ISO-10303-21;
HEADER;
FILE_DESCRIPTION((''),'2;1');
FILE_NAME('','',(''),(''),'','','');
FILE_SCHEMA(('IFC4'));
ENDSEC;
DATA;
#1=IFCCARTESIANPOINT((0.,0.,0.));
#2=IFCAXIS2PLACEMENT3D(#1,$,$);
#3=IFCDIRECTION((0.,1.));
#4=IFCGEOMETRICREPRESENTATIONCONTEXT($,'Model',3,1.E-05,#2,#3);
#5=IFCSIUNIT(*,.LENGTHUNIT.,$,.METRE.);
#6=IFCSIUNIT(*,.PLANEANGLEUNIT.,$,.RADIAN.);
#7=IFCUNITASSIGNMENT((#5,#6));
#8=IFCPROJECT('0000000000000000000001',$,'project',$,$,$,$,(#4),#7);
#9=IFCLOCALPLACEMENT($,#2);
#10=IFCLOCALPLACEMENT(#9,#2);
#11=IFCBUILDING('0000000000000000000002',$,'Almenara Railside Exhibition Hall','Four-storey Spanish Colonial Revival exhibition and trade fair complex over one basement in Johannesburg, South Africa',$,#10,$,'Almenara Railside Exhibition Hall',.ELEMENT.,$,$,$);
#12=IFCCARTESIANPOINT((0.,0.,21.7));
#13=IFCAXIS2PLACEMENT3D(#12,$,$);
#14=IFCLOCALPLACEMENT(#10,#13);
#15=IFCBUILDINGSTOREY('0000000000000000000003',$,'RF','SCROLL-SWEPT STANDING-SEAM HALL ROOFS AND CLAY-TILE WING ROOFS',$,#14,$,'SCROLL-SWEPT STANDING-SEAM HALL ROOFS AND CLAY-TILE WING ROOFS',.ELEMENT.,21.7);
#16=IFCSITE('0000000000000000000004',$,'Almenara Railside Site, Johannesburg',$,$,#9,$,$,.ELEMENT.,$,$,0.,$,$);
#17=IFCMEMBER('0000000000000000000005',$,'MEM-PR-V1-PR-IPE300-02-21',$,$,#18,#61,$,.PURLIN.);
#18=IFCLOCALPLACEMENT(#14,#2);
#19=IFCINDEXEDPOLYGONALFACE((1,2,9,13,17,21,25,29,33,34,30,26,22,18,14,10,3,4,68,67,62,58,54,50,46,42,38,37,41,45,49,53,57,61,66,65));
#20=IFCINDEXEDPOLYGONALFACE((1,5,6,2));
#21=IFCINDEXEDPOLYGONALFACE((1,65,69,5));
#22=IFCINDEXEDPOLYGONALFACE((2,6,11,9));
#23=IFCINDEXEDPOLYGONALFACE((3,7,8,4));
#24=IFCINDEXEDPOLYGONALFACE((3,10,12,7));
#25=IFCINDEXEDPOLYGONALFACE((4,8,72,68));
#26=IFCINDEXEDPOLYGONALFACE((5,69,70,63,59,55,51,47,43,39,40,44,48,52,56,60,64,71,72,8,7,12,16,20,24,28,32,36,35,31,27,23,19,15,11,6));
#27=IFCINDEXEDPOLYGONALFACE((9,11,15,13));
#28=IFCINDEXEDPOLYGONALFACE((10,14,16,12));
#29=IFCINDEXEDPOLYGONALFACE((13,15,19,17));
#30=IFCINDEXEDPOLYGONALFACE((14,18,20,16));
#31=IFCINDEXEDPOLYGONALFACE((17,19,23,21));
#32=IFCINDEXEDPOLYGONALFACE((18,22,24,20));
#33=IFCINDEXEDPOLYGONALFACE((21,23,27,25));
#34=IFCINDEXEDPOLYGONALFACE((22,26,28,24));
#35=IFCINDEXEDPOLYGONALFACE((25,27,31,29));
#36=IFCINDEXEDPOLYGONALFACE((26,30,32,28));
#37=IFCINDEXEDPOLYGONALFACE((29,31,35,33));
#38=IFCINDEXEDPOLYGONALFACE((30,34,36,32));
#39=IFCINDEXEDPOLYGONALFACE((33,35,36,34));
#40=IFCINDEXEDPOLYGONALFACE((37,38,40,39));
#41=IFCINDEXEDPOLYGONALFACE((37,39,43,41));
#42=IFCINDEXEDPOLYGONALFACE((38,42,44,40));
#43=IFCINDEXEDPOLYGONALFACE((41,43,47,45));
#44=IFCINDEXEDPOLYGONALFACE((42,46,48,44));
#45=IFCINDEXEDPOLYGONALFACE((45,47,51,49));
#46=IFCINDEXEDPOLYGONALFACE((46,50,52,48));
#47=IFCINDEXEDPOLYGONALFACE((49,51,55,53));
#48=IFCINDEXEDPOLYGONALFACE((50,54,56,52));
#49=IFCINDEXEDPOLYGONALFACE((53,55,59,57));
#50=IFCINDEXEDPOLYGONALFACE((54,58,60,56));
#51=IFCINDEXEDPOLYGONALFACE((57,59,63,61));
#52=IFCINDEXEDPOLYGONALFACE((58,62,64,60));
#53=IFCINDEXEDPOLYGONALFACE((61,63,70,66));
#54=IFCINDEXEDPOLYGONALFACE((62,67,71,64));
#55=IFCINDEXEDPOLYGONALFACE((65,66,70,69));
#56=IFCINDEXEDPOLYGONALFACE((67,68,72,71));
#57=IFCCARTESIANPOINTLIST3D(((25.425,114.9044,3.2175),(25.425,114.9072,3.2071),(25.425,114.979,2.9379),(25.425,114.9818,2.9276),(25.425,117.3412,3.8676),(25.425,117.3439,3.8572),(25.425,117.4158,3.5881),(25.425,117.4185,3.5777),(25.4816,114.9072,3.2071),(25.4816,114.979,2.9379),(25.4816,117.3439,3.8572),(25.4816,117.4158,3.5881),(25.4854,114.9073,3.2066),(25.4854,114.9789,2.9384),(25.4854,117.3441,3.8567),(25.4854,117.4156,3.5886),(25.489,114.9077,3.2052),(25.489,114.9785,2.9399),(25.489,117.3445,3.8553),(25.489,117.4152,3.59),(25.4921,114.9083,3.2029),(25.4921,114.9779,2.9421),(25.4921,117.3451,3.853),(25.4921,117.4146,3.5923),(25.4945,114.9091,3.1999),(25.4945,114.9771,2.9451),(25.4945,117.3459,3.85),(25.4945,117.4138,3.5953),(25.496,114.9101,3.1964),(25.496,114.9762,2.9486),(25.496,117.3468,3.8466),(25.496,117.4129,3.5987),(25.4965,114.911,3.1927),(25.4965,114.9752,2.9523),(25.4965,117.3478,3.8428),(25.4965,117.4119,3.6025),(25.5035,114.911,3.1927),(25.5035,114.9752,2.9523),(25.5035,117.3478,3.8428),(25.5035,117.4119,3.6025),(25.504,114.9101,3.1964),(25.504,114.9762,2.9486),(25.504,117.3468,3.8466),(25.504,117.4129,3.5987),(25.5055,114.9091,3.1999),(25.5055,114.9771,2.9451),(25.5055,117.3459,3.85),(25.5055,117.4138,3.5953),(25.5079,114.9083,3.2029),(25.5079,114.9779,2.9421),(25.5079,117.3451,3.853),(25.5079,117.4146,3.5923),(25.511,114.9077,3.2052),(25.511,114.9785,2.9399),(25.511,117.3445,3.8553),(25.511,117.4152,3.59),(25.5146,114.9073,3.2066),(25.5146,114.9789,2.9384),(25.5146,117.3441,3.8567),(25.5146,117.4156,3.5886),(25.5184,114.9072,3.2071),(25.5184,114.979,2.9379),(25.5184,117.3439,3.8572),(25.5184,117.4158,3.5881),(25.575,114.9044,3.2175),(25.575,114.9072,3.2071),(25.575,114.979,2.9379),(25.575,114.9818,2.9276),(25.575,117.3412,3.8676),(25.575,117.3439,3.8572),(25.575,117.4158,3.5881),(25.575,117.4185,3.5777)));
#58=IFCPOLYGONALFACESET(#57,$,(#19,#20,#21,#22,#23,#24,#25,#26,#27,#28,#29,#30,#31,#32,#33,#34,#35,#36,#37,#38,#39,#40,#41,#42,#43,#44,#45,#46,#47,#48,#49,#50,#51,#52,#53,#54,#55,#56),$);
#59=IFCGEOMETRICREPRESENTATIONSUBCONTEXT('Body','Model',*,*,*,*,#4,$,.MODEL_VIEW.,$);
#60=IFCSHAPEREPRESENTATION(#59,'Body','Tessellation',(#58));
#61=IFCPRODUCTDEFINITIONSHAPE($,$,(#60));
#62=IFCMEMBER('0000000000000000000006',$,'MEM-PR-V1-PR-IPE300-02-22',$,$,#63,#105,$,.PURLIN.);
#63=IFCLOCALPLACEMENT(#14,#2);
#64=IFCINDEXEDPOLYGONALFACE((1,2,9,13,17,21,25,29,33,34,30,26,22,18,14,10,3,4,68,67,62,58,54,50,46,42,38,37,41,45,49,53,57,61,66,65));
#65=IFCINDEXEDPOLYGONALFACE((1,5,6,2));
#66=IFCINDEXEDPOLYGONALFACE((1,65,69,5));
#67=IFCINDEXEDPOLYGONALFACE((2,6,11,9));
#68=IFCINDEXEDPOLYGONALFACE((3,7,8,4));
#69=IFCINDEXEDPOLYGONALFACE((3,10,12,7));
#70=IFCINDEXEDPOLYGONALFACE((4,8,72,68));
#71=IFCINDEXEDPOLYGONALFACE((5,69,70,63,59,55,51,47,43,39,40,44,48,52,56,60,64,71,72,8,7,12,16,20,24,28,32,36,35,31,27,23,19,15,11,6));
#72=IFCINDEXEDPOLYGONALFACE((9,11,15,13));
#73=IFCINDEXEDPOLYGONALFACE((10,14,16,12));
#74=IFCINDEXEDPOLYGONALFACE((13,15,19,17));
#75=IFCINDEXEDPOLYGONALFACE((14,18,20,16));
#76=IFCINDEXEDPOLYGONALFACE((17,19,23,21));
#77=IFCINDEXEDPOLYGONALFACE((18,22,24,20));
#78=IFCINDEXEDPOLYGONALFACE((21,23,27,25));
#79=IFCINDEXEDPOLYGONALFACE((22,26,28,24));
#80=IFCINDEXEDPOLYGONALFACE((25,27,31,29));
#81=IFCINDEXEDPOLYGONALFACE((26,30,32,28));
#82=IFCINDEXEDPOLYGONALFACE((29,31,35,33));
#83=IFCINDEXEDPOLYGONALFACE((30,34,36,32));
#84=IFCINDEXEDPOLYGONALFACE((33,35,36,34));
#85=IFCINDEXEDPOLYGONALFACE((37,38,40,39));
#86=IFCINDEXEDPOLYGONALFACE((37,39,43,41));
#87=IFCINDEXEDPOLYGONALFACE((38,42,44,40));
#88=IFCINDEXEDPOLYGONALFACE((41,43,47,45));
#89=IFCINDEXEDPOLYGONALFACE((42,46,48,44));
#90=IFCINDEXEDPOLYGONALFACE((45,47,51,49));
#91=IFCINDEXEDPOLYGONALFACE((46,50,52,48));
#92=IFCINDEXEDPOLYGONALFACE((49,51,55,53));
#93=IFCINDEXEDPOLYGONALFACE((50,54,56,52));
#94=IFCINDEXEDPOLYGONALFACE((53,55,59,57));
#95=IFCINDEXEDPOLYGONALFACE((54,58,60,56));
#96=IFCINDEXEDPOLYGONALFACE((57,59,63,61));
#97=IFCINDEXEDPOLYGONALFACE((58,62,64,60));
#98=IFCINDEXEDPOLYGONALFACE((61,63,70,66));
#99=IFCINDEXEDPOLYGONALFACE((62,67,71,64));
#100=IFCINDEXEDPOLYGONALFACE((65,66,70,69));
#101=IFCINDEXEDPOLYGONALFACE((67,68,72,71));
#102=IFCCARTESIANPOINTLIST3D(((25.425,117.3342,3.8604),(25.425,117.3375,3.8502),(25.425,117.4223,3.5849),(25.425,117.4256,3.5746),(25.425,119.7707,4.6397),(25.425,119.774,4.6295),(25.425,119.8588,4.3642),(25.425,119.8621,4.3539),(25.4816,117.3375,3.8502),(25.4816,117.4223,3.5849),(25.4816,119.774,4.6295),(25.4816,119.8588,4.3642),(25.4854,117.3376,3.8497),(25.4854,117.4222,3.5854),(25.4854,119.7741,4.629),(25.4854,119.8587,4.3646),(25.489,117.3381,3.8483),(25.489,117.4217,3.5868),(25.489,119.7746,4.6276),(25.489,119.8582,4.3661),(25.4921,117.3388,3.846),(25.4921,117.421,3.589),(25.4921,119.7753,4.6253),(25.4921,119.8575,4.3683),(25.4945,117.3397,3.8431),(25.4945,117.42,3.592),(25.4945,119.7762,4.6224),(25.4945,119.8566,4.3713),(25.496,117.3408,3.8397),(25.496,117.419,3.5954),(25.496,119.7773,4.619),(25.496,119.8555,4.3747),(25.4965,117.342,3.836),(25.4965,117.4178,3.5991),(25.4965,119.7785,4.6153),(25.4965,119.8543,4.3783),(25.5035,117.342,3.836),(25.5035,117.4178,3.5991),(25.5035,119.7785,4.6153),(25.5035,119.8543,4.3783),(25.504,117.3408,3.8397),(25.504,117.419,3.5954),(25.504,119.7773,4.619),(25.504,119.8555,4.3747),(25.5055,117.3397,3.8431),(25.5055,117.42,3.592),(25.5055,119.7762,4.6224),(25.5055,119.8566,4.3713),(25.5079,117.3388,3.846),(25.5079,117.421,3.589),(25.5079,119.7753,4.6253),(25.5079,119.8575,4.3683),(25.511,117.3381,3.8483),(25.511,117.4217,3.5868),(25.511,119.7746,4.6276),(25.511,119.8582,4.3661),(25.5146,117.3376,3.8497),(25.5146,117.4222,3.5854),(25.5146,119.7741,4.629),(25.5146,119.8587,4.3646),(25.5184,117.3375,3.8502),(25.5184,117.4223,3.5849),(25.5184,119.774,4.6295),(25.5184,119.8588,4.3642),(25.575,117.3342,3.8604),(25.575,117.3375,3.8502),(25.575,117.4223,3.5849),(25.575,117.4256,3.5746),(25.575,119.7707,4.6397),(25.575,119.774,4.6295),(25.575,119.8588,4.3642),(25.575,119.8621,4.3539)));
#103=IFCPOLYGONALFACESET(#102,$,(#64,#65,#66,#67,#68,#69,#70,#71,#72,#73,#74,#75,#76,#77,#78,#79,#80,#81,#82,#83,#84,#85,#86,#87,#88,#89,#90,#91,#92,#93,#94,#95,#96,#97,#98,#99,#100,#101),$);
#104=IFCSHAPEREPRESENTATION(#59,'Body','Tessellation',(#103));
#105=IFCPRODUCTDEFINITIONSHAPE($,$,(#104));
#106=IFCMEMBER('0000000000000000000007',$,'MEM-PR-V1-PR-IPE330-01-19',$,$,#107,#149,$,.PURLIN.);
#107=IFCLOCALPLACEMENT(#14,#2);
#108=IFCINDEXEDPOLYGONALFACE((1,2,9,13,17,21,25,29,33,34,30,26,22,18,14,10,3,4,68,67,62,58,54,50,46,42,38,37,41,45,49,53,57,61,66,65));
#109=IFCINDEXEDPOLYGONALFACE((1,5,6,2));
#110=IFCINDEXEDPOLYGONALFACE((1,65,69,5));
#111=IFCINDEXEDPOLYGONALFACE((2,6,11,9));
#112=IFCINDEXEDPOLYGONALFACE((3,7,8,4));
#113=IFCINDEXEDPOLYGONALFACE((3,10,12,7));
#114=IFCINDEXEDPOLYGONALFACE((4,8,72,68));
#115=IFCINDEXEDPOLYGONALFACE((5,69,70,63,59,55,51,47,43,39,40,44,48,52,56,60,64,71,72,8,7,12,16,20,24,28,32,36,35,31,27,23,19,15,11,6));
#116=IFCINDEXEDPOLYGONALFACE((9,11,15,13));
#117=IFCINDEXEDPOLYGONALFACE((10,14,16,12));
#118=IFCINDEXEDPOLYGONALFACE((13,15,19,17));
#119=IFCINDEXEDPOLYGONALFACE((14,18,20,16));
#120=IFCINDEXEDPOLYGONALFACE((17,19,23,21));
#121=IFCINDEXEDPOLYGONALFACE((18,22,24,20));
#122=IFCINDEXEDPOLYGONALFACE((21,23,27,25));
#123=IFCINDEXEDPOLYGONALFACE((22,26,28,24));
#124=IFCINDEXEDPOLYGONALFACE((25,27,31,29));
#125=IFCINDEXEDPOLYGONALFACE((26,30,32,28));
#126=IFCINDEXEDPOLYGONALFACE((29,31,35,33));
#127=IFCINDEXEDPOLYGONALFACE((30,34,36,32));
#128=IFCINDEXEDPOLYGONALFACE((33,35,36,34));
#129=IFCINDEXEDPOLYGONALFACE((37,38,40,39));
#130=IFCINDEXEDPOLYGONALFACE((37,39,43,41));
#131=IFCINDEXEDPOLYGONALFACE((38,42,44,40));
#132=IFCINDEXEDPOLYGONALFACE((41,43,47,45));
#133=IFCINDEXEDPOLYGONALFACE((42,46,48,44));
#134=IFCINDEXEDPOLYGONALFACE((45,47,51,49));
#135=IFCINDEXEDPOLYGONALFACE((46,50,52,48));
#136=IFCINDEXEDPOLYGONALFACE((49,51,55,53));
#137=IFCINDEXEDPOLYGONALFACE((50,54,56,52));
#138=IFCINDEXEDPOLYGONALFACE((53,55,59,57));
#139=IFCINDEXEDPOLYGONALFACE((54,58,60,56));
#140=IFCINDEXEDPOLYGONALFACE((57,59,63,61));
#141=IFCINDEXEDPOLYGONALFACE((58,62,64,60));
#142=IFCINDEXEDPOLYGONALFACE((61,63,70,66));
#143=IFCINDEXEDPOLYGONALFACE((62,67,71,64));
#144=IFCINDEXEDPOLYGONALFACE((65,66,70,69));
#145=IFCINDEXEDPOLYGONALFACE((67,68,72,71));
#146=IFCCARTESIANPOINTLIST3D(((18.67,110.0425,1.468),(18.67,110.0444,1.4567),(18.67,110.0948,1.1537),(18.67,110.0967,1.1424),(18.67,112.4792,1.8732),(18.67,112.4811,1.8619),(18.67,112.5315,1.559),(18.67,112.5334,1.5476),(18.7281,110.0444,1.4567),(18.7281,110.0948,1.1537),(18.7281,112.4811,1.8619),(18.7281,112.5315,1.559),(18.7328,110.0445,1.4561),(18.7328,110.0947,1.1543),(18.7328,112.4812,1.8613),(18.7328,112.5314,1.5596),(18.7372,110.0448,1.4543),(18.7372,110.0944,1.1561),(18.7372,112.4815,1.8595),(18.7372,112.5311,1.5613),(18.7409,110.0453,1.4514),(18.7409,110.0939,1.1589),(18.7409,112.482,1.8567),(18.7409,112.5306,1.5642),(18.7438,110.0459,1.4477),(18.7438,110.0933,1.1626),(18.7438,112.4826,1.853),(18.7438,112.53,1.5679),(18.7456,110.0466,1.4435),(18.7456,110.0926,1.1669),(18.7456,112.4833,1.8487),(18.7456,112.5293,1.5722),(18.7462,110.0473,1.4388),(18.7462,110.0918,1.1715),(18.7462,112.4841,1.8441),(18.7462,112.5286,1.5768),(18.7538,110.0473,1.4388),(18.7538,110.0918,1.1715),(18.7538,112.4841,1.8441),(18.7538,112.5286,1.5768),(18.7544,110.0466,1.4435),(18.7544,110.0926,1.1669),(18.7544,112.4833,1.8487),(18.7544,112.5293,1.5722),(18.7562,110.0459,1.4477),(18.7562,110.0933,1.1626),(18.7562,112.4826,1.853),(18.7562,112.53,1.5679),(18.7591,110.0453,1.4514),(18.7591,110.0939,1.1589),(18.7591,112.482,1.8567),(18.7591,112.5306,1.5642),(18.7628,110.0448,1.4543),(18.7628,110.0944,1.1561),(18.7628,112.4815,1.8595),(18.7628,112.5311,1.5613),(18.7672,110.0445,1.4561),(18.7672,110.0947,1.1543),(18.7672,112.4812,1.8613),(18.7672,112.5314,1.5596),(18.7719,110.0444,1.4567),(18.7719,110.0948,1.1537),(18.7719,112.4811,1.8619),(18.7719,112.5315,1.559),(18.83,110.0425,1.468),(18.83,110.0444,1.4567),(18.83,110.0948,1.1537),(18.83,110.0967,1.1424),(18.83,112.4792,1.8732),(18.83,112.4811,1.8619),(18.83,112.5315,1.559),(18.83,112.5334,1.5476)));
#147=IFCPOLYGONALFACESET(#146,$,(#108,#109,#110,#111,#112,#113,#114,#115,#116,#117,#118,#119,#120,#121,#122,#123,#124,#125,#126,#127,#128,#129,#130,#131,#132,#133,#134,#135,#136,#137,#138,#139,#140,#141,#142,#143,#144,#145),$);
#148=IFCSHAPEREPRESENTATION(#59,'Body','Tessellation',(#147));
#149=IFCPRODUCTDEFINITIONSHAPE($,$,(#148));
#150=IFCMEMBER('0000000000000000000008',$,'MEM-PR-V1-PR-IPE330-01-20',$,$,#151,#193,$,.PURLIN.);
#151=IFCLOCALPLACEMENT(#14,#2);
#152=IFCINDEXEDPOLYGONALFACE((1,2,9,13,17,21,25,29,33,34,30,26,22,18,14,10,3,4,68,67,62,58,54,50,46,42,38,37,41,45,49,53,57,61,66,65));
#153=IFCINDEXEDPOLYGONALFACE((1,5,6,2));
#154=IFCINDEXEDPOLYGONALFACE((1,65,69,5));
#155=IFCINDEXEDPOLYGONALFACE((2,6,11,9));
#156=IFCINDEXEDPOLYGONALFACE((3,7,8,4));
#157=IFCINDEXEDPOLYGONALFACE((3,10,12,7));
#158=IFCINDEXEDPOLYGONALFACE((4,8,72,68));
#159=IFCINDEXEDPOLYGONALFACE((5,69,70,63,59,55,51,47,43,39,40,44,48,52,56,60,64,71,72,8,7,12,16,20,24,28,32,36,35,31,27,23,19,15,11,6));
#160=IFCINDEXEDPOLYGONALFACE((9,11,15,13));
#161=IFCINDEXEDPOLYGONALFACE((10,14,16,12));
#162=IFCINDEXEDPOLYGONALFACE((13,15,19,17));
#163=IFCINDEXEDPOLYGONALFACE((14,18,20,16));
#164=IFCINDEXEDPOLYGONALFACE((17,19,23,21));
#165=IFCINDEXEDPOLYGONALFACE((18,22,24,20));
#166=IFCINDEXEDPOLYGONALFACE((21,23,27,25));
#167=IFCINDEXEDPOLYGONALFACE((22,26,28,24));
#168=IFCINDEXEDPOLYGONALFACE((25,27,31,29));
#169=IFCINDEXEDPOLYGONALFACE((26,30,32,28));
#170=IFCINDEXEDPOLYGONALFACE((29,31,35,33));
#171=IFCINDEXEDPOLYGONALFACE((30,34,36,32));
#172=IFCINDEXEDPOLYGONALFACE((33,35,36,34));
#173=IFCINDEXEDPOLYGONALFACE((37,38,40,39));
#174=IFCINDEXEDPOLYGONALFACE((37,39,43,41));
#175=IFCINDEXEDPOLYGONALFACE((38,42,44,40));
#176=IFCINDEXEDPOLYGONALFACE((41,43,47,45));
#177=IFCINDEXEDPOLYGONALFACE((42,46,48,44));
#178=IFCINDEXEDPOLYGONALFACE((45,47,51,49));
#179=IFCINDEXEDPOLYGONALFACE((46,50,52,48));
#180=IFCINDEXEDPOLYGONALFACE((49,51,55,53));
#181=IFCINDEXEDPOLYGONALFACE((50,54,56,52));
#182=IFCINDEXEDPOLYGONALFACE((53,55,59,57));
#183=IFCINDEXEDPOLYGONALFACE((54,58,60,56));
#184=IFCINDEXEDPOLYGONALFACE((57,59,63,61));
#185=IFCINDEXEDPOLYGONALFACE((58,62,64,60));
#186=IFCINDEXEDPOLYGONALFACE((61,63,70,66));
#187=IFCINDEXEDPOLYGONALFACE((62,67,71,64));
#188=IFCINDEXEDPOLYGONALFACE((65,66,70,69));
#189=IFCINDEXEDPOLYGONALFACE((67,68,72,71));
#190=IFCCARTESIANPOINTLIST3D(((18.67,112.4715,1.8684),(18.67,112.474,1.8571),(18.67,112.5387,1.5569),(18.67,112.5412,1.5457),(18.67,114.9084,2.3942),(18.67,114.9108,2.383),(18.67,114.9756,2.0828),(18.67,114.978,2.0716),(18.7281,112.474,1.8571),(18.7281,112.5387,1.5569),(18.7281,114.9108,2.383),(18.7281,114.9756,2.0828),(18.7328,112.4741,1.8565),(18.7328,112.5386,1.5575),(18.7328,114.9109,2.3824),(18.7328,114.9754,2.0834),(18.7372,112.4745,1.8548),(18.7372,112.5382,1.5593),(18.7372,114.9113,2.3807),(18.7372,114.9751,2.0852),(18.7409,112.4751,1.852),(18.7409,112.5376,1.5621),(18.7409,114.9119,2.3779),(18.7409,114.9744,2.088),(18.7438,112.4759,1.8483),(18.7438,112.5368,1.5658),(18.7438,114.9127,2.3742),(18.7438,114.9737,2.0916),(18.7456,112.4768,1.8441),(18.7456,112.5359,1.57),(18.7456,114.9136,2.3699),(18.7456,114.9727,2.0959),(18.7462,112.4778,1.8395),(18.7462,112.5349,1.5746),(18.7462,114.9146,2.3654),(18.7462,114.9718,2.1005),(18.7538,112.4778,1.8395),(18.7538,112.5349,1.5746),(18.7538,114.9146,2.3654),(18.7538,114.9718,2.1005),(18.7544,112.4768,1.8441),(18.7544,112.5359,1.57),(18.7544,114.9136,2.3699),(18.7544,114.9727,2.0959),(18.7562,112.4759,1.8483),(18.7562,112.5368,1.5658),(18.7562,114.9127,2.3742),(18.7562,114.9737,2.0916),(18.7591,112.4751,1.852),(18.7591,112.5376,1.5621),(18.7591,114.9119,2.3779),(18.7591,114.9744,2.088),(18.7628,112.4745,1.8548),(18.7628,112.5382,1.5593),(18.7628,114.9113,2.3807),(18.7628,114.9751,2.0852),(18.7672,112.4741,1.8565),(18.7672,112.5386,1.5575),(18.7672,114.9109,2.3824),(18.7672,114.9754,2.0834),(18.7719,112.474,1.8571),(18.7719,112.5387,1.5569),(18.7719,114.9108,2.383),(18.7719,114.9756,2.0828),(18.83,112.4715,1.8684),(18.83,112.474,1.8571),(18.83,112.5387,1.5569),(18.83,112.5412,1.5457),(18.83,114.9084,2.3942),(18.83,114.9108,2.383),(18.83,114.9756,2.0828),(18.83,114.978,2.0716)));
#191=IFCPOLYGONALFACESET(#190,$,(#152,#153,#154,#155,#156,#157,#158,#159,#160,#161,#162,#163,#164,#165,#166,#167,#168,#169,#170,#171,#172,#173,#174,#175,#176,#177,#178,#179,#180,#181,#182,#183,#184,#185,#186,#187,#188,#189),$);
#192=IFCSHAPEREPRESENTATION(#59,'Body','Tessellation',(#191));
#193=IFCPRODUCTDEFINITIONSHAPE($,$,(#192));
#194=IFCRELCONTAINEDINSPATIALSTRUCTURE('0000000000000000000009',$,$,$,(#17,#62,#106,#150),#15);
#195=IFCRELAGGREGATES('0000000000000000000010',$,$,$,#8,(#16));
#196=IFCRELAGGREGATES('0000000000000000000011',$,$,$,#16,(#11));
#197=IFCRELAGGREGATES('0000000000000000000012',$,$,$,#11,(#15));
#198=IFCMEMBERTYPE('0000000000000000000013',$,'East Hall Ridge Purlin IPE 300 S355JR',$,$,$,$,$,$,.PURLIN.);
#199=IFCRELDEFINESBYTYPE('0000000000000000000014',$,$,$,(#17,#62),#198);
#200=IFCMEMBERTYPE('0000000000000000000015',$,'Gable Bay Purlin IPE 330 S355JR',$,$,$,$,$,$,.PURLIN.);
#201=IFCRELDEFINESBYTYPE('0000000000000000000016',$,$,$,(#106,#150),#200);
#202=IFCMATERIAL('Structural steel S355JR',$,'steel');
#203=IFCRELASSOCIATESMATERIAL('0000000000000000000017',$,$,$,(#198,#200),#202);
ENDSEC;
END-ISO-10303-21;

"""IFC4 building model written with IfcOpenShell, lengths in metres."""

from ifc_helpers import new_model, si_unit, direction, frame, origin, origin_2d, place, context, subcontext, project, spatial, i_section, extrude, material, material_profile, profile_set, type_object, element, save


model = new_model("IFC4")

# Units and contexts
model_context = context("Model", 3, precision=1e-05, world=origin(), true_north=direction((0.0, 1.0)))
body_context = subcontext(model_context, "Body", "Model", "MODEL_VIEW")
ifc_project = project(units=[si_unit("LENGTHUNIT", "METRE"), si_unit("PLANEANGLEUNIT", "RADIAN")], contexts=[model_context])

# Site, building, storey
site_placement = place(None, origin())
site = spatial("IfcSite", under=ifc_project, at=site_placement, Name="Almenara Railside Site, Johannesburg", CompositionType="ELEMENT", RefElevation=0.0)
building_placement = place(site_placement, origin())
building = spatial("IfcBuilding", under=site, at=building_placement, Name="Almenara Railside Exhibition Hall", Description="Four-storey Spanish Colonial Revival exhibition and trade fair complex over one basement in Johannesburg, South Africa", LongName="Almenara Railside Exhibition Hall", CompositionType="ELEMENT")
storey_placement = place(building_placement, frame((0.0, 0.0, 21.7)))
storey = spatial("IfcBuildingStorey", under=building, at=storey_placement, Name="RF", Description="SCROLL-SWEPT STANDING-SEAM HALL ROOFS AND CLAY-TILE WING ROOFS", LongName="SCROLL-SWEPT STANDING-SEAM HALL ROOFS AND CLAY-TILE WING ROOFS", CompositionType="ELEMENT", Elevation=21.7)

# Members
ifc_material_1 = material(Name="Structural steel S355JR", Category="steel")
ifc_material_profile_1 = material_profile(ifc_material_1, i_section(OverallWidth=0.1499, OverallDepth=0.3, WebThickness=0.0071, FlangeThickness=0.0107, FilletRadius=0.0149, at=origin_2d()), Name="IPE 300")
ifc_profile_set_1 = profile_set([ifc_material_profile_1], Name="Structural steel S355JR")
member_type_1 = type_object("IfcMemberType", Name="East Hall Ridge Purlin IPE 300 S355JR", PredefinedType="PURLIN", material=ifc_profile_set_1)
member_1_placement = place(storey_placement, frame((25.5, 114.9431, 3.0725), z_axis=(0.0, 0.966201, 0.257789), x_axis=(-1.0, 0.0, 0.0)))
element("IfcMember", 1, at=member_1_placement, inside=storey, type_object=member_type_1, Name="MEM-PR-V1-PR-IPE300-02-21", PredefinedType="PURLIN", context=body_context, shape_type="SweptSolid", body=[
    extrude(i_section(OverallWidth=0.1499, OverallDepth=0.3, WebThickness=0.0071, FlangeThickness=0.0107, FilletRadius=0.0149, at=origin_2d()), origin(), (0.0, 0.0, 1.0), 2.522),
])
member_2_placement = place(storey_placement, frame((25.5, 117.3799, 3.7175), z_axis=(0.0, 0.952468, 0.304637), x_axis=(-1.0, 0.0, 0.0)))
element("IfcMember", 2, at=member_2_placement, inside=storey, type_object=member_type_1, Name="MEM-PR-V1-PR-IPE300-02-22", PredefinedType="PURLIN", context=body_context, shape_type="SweptSolid", body=[
    extrude(i_section(OverallWidth=0.1499, OverallDepth=0.3, WebThickness=0.0071, FlangeThickness=0.0107, FilletRadius=0.0149, at=origin_2d()), origin(), (0.0, 0.0, 1.0), 2.5581),
])
ifc_material_profile_2 = material_profile(ifc_material_1, i_section(OverallWidth=0.1599, OverallDepth=0.3301, WebThickness=0.0076, FlangeThickness=0.0115, FilletRadius=0.0181, at=origin_2d()), Name="IPE 330")
ifc_profile_set_2 = profile_set([ifc_material_profile_2], Name="Structural steel S355JR")
member_type_2 = type_object("IfcMemberType", Name="Gable Bay Purlin IPE 330 S355JR", PredefinedType="PURLIN", material=ifc_profile_set_2)
member_3_placement = place(storey_placement, frame((18.75, 110.0696, 1.3052), z_axis=(0.0, 0.98645, 0.164062), x_axis=(-1.0, 0.0, 0.0)))
element("IfcMember", 3, at=member_3_placement, inside=storey, type_object=member_type_2, Name="MEM-PR-V1-PR-IPE330-01-19", PredefinedType="PURLIN", context=body_context, shape_type="SweptSolid", body=[
    extrude(i_section(OverallWidth=0.1599, OverallDepth=0.3301, WebThickness=0.0076, FlangeThickness=0.0115, FilletRadius=0.0181, at=origin_2d()), origin(), (0.0, 0.0, 1.0), 2.4702),
])
member_4_placement = place(storey_placement, frame((18.75, 112.5063, 1.707), z_axis=(0.0, 0.977496, 0.210953), x_axis=(-1.0, 0.0, 0.0)))
element("IfcMember", 4, at=member_4_placement, inside=storey, type_object=member_type_2, Name="MEM-PR-V1-PR-IPE330-01-20", PredefinedType="PURLIN", context=body_context, shape_type="SweptSolid", body=[
    extrude(i_section(OverallWidth=0.1599, OverallDepth=0.3301, WebThickness=0.0076, FlangeThickness=0.0115, FilletRadius=0.0181, at=origin_2d()), origin(), (0.0, 0.0, 1.0), 2.4929),
])

save(model, "model.ifc")
